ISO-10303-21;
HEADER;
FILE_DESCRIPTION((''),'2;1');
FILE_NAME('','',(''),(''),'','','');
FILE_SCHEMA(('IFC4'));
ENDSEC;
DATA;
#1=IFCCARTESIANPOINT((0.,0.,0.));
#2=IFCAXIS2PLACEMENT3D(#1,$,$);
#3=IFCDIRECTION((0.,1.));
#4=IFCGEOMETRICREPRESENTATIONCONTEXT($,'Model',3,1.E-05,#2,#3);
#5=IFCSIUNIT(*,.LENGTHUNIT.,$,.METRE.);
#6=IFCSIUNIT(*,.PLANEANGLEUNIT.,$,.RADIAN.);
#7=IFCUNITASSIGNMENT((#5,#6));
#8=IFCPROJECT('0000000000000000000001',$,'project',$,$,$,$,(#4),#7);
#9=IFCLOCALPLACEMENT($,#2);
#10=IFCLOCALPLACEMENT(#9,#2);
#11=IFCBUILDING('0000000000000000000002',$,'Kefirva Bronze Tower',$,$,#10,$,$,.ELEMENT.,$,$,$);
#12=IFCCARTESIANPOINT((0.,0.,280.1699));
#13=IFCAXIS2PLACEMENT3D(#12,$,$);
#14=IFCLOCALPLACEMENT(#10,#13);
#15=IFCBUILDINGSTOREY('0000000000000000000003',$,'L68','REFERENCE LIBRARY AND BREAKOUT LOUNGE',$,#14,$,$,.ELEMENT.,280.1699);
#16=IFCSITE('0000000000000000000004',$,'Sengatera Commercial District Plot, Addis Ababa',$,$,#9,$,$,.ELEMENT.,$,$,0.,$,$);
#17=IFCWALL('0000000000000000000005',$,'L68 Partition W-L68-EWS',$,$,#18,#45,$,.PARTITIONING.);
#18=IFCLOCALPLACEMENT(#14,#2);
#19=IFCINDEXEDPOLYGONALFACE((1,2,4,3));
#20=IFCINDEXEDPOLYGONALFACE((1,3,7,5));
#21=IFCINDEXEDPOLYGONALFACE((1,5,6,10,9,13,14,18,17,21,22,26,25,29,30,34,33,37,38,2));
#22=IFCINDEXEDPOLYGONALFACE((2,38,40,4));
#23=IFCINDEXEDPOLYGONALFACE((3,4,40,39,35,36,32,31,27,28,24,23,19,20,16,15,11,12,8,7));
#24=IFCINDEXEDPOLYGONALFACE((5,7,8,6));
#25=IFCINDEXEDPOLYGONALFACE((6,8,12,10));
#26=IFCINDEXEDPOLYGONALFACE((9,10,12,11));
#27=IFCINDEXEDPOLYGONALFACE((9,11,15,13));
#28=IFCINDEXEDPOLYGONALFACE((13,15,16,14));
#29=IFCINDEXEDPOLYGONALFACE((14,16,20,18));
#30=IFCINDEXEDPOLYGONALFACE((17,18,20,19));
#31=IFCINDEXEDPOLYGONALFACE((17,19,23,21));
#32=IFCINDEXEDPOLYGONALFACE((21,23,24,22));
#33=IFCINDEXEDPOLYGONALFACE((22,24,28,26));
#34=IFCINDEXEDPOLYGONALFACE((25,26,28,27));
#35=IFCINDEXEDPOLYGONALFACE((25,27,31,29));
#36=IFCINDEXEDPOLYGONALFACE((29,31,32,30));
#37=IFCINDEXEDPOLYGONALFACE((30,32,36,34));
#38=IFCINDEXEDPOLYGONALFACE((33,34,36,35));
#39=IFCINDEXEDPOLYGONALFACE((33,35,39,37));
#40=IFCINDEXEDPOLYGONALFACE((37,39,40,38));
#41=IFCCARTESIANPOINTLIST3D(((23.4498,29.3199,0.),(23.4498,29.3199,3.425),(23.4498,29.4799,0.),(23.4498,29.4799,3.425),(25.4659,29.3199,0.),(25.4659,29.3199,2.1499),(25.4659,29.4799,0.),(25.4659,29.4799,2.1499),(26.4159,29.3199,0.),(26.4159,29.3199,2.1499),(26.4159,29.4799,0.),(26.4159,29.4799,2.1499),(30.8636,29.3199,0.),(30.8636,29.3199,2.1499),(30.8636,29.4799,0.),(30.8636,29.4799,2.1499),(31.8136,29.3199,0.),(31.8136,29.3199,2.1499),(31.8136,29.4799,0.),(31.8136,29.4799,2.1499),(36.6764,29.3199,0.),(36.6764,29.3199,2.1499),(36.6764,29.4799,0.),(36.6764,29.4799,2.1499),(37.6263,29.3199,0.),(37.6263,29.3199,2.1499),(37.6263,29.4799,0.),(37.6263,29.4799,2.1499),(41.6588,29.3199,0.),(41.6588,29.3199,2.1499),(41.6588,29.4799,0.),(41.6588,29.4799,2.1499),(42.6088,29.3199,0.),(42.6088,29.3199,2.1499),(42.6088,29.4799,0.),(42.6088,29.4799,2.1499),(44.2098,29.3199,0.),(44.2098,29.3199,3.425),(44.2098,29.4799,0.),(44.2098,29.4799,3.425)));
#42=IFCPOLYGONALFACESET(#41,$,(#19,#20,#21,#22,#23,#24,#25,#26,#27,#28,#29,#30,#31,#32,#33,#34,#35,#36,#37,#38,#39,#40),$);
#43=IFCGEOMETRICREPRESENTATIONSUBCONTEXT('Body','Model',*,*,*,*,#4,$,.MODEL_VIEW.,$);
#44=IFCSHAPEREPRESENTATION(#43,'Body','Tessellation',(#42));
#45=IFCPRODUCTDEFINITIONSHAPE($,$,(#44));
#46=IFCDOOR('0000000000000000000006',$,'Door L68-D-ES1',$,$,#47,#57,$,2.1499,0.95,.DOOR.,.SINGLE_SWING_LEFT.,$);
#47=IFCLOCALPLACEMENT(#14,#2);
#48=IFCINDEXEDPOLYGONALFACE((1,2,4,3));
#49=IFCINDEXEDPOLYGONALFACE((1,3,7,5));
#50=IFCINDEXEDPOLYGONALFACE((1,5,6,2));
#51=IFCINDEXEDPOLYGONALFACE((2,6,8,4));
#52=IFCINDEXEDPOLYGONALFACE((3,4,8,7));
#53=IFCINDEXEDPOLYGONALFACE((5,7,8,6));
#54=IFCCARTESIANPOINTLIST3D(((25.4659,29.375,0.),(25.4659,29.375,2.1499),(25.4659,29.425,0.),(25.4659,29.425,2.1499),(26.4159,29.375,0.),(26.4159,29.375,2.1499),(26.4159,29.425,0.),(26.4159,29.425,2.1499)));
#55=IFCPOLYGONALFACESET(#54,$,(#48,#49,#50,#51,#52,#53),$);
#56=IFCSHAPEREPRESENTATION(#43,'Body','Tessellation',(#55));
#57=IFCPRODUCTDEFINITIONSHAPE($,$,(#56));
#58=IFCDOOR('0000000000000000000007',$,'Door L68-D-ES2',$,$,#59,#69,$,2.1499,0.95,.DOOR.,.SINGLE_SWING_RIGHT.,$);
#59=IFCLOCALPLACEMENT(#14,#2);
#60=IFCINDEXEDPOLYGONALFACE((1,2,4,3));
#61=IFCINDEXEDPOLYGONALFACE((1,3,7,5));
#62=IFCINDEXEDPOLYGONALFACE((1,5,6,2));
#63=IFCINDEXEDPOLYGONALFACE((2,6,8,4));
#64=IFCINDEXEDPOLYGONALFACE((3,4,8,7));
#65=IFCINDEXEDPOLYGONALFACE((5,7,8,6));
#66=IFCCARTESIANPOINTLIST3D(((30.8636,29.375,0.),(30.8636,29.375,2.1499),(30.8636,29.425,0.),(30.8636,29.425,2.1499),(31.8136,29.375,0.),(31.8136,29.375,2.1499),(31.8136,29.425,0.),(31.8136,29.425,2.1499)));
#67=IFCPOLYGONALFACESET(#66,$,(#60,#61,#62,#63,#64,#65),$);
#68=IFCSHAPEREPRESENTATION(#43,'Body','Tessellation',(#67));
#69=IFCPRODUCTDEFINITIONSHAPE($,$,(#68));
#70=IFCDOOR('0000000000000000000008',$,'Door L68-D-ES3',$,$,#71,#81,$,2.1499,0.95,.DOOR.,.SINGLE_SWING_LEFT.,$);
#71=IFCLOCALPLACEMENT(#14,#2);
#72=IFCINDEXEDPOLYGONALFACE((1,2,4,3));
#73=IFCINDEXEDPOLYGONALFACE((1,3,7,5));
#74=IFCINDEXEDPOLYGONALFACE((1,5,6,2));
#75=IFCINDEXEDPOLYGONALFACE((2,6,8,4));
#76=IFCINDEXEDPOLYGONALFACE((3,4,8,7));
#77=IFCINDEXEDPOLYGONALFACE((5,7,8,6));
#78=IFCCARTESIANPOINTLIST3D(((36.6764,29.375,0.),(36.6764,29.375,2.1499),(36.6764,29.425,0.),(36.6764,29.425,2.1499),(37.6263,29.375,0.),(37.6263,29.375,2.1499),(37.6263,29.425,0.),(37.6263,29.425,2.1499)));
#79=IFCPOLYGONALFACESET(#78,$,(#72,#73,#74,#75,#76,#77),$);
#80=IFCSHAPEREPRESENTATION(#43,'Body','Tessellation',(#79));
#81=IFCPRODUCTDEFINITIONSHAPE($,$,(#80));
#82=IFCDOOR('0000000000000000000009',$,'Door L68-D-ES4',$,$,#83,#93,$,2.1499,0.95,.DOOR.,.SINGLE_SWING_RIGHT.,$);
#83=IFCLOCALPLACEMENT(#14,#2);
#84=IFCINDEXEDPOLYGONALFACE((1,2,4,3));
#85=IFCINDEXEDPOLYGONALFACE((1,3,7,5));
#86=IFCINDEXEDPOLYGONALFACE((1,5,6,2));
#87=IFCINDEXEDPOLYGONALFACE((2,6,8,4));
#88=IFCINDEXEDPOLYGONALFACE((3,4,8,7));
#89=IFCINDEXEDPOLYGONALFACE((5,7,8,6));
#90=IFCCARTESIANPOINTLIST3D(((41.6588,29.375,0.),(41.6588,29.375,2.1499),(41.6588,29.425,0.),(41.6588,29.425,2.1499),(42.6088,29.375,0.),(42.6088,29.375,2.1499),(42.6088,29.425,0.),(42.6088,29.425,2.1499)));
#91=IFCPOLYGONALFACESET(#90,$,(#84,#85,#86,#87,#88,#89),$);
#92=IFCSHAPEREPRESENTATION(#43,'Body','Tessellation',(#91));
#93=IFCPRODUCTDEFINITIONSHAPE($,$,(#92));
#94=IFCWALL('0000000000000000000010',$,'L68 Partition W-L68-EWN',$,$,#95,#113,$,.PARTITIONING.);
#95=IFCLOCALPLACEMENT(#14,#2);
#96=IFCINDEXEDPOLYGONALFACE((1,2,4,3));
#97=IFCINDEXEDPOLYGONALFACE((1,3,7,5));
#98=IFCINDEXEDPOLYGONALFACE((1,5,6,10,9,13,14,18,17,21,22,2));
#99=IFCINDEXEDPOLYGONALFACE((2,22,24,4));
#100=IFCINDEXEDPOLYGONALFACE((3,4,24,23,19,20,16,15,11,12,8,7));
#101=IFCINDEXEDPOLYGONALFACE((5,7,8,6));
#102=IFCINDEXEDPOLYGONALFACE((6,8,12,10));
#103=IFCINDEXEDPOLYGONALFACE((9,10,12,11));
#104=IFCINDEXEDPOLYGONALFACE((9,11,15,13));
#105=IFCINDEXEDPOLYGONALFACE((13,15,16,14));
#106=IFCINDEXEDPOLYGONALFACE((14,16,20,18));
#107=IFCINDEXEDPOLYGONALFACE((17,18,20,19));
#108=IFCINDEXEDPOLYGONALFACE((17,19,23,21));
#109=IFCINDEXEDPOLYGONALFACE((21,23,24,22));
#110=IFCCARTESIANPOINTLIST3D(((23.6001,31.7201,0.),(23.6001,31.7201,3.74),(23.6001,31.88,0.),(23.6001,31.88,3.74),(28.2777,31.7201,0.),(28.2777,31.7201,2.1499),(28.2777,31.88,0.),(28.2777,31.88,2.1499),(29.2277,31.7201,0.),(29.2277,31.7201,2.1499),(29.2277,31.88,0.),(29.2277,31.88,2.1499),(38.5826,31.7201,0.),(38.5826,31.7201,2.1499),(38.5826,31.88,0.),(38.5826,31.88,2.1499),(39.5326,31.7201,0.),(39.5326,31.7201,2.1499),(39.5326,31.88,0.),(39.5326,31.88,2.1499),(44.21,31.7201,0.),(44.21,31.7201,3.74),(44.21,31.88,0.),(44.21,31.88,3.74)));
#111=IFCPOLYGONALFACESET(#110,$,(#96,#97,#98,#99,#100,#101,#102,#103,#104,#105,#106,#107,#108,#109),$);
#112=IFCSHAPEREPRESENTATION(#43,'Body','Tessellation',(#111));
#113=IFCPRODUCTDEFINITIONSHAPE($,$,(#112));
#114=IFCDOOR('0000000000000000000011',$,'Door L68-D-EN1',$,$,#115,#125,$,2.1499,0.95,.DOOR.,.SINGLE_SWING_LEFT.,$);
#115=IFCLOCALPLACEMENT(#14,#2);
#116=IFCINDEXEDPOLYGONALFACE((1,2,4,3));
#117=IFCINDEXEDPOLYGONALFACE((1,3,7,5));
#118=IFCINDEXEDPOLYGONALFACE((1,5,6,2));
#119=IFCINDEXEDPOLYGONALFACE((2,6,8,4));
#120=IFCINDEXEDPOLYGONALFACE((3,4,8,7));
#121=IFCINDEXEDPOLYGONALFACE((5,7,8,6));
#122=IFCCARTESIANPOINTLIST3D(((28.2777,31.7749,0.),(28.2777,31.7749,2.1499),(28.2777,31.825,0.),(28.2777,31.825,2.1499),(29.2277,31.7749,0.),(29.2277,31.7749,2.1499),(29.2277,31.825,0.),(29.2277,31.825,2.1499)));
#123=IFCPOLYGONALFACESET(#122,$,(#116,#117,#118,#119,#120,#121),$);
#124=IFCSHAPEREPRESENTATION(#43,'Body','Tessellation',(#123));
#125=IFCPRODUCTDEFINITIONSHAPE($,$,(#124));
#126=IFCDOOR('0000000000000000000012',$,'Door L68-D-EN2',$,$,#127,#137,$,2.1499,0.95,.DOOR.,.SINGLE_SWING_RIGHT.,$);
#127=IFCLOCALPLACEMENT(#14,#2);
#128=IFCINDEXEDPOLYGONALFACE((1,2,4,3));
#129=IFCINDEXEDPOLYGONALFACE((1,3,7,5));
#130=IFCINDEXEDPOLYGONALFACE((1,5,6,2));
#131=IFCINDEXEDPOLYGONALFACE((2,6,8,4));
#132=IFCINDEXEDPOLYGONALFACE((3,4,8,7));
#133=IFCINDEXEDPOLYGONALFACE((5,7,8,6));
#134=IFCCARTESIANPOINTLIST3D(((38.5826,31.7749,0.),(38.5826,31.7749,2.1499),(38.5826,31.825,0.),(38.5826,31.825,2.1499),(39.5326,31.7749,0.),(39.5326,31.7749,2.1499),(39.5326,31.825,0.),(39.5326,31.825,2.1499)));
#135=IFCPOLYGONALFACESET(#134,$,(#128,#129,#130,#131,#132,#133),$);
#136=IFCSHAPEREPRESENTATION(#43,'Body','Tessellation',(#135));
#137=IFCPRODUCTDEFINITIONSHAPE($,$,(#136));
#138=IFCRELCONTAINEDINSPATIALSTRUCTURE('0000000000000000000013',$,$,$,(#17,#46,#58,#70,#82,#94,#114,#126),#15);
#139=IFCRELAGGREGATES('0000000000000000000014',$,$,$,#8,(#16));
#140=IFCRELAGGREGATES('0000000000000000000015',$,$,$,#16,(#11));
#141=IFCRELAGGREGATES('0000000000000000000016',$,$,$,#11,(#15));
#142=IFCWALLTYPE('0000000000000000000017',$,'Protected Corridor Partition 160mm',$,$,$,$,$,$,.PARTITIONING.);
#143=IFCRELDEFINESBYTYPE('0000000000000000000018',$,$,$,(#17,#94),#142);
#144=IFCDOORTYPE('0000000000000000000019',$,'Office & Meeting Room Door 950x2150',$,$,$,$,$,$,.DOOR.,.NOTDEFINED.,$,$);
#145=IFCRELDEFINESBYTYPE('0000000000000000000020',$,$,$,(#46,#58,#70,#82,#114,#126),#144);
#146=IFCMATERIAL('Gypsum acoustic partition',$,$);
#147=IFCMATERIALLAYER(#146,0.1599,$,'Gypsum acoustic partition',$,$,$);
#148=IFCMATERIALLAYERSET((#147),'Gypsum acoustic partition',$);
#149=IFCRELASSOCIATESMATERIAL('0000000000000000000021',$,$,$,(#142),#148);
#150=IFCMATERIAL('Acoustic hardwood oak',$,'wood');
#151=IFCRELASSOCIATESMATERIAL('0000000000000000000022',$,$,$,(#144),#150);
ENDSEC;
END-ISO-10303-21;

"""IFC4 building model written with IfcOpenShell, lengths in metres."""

from ifc_helpers import new_model, si_unit, direction, frame, frame_2d, origin, place, context, subcontext, project, spatial, rectangle, extrude, material, layer, layer_set, type_object, element, fill, save


model = new_model("IFC4")

# Units and contexts
model_context = context("Model", 3, precision=1e-05, world=origin(), true_north=direction((0.0, 1.0)))
body_context = subcontext(model_context, "Body", "Model", "MODEL_VIEW")
ifc_project = project(units=[si_unit("LENGTHUNIT", "METRE"), si_unit("PLANEANGLEUNIT", "RADIAN")], contexts=[model_context])

# Site, building, storey
site_placement = place(None, origin())
site = spatial("IfcSite", under=ifc_project, at=site_placement, Name="Sengatera Commercial District Plot, Addis Ababa", CompositionType="ELEMENT", RefElevation=0.0)
building_placement = place(site_placement, origin())
building = spatial("IfcBuilding", under=site, at=building_placement, Name="Kefirva Bronze Tower", CompositionType="ELEMENT")
storey_placement = place(building_placement, frame((0.0, 0.0, 280.1699)))
storey = spatial("IfcBuildingStorey", under=building, at=storey_placement, Name="L68", Description="REFERENCE LIBRARY AND BREAKOUT LOUNGE", CompositionType="ELEMENT", Elevation=280.1699)

# Shared definitions
ifc_material_1 = material(Name="Gypsum acoustic partition")

# Walls, openings, doors
ifc_layer_1 = layer(ifc_material_1, 0.1599, Name="Gypsum acoustic partition")
ifc_layer_set_1 = layer_set([ifc_layer_1], Name="Gypsum acoustic partition")
wall_type_1 = type_object("IfcWallType", Name="Protected Corridor Partition 160mm", PredefinedType="PARTITIONING", material=ifc_layer_set_1)
wall_1_placement = place(storey_placement, frame((23.45, 29.3999, 0.0), z_axis=(0.0, 0.0, 1.0), x_axis=(1.0, 0.0, 0.0)))
wall_1 = element("IfcWall", 1, at=wall_1_placement, inside=storey, type_object=wall_type_1, Name="L68 Partition W-L68-EWS", PredefinedType="PARTITIONING", context=body_context, shape_type="SweptSolid", body=[
    extrude(rectangle(XDim=20.76, YDim=0.1599, at=frame_2d((10.3799, 0.0))), origin(), (0.0, 0.0, 1.0), 3.425),
])
opening_1_placement = place(wall_1_placement, frame((2.9661, 0.0, 0.0), z_axis=(0.0, 0.0, 1.0), x_axis=(-1.0, 0.0, 0.0)))
opening_1 = element("IfcOpeningElement", 2, at=opening_1_placement, cuts=wall_1, PredefinedType="OPENING", context=body_context, shape_type="SweptSolid", body=[
    extrude(rectangle(XDim=0.95, YDim=2.1499, at=frame_2d((0.4751, 1.075))), frame((0.0, 0.0898, 0.0), z_axis=(0.0, -1.0, 0.0), x_axis=(1.0, 0.0, 0.0)), (0.0, 0.0, 1.0), 0.1799),
])
opening_2_placement = place(wall_1_placement, frame((8.3638, 0.0, 0.0), z_axis=(0.0, 0.0, 1.0), x_axis=(-1.0, 0.0, 0.0)))
opening_2 = element("IfcOpeningElement", 3, at=opening_2_placement, cuts=wall_1, PredefinedType="OPENING", context=body_context, shape_type="SweptSolid", body=[
    extrude(rectangle(XDim=0.95, YDim=2.1499, at=frame_2d((0.4751, 1.075))), frame((0.0, 0.0898, 0.0), z_axis=(0.0, -1.0, 0.0), x_axis=(1.0, 0.0, 0.0)), (0.0, 0.0, 1.0), 0.1799),
])
opening_3_placement = place(wall_1_placement, frame((14.1765, 0.0, 0.0), z_axis=(0.0, 0.0, 1.0), x_axis=(-1.0, 0.0, 0.0)))
opening_3 = element("IfcOpeningElement", 4, at=opening_3_placement, cuts=wall_1, PredefinedType="OPENING", context=body_context, shape_type="SweptSolid", body=[
    extrude(rectangle(XDim=0.95, YDim=2.1499, at=frame_2d((0.4751, 1.075))), frame((0.0, 0.0898, 0.0), z_axis=(0.0, -1.0, 0.0), x_axis=(1.0, 0.0, 0.0)), (0.0, 0.0, 1.0), 0.1799),
])
opening_4_placement = place(wall_1_placement, frame((19.1589, 0.0, 0.0), z_axis=(0.0, 0.0, 1.0), x_axis=(-1.0, 0.0, 0.0)))
opening_4 = element("IfcOpeningElement", 5, at=opening_4_placement, cuts=wall_1, PredefinedType="OPENING", context=body_context, shape_type="SweptSolid", body=[
    extrude(rectangle(XDim=0.95, YDim=2.1499, at=frame_2d((0.4751, 1.075))), frame((0.0, 0.0898, 0.0), z_axis=(0.0, -1.0, 0.0), x_axis=(1.0, 0.0, 0.0)), (0.0, 0.0, 1.0), 0.1799),
])
ifc_material_2 = material(Name="Acoustic hardwood oak", Category="wood")
door_type = type_object("IfcDoorType", Name="Office & Meeting Room Door 950x2150", OperationType="NOTDEFINED", PredefinedType="DOOR", material=ifc_material_2)
door_1_placement = place(opening_1_placement, origin())
door_1 = element("IfcDoor", 6, at=door_1_placement, inside=storey, type_object=door_type, Name="Door L68-D-ES1", OperationType="SINGLE_SWING_LEFT", OverallHeight=2.1499, OverallWidth=0.95, PredefinedType="DOOR", context=body_context, shape_type="SweptSolid", body=[
    extrude(rectangle(XDim=0.95, YDim=2.1499, at=frame_2d((0.4751, 1.075))), frame((0.0, 0.0249, 0.0), z_axis=(0.0, -1.0, 0.0), x_axis=(1.0, 0.0, 0.0)), (0.0, 0.0, 1.0), 0.05),
])
fill(opening_1, door_1)
door_2_placement = place(opening_2_placement, origin())
door_2 = element("IfcDoor", 7, at=door_2_placement, inside=storey, type_object=door_type, Name="Door L68-D-ES2", OperationType="SINGLE_SWING_RIGHT", OverallHeight=2.1499, OverallWidth=0.95, PredefinedType="DOOR", context=body_context, shape_type="SweptSolid", body=[
    extrude(rectangle(XDim=0.95, YDim=2.1499, at=frame_2d((0.4751, 1.075))), frame((0.0, 0.0249, 0.0), z_axis=(0.0, -1.0, 0.0), x_axis=(1.0, 0.0, 0.0)), (0.0, 0.0, 1.0), 0.05),
])
fill(opening_2, door_2)
door_3_placement = place(opening_3_placement, origin())
door_3 = element("IfcDoor", 8, at=door_3_placement, inside=storey, type_object=door_type, Name="Door L68-D-ES3", OperationType="SINGLE_SWING_LEFT", OverallHeight=2.1499, OverallWidth=0.95, PredefinedType="DOOR", context=body_context, shape_type="SweptSolid", body=[
    extrude(rectangle(XDim=0.95, YDim=2.1499, at=frame_2d((0.4751, 1.075))), frame((0.0, 0.0249, 0.0), z_axis=(0.0, -1.0, 0.0), x_axis=(1.0, 0.0, 0.0)), (0.0, 0.0, 1.0), 0.05),
])
fill(opening_3, door_3)
door_4_placement = place(opening_4_placement, origin())
door_4 = element("IfcDoor", 9, at=door_4_placement, inside=storey, type_object=door_type, Name="Door L68-D-ES4", OperationType="SINGLE_SWING_RIGHT", OverallHeight=2.1499, OverallWidth=0.95, PredefinedType="DOOR", context=body_context, shape_type="SweptSolid", body=[
    extrude(rectangle(XDim=0.95, YDim=2.1499, at=frame_2d((0.4751, 1.075))), frame((0.0, 0.0249, 0.0), z_axis=(0.0, -1.0, 0.0), x_axis=(1.0, 0.0, 0.0)), (0.0, 0.0, 1.0), 0.05),
])
fill(opening_4, door_4)
wall_2_placement = place(storey_placement, frame((23.6001, 31.8, 0.0), z_axis=(0.0, 0.0, 1.0), x_axis=(1.0, 0.0, 0.0)))
wall_2 = element("IfcWall", 10, at=wall_2_placement, inside=storey, type_object=wall_type_1, Name="L68 Partition W-L68-EWN", PredefinedType="PARTITIONING", context=body_context, shape_type="SweptSolid", body=[
    extrude(rectangle(XDim=20.6099, YDim=0.1599, at=frame_2d((10.3049, 0.0))), origin(), (0.0, 0.0, 1.0), 3.74),
])
opening_5_placement = place(wall_2_placement, frame((4.6775, 0.0, 0.0)))
opening_5 = element("IfcOpeningElement", 11, at=opening_5_placement, cuts=wall_2, PredefinedType="OPENING", context=body_context, shape_type="SweptSolid", body=[
    extrude(rectangle(XDim=0.95, YDim=2.1499, at=frame_2d((0.4751, 1.075))), frame((0.0, 0.0898, 0.0), z_axis=(0.0, -1.0, 0.0), x_axis=(1.0, 0.0, 0.0)), (0.0, 0.0, 1.0), 0.1799),
])
opening_6_placement = place(wall_2_placement, frame((14.9824, 0.0, 0.0)))
opening_6 = element("IfcOpeningElement", 12, at=opening_6_placement, cuts=wall_2, PredefinedType="OPENING", context=body_context, shape_type="SweptSolid", body=[
    extrude(rectangle(XDim=0.95, YDim=2.1499, at=frame_2d((0.4751, 1.075))), frame((0.0, 0.0898, 0.0), z_axis=(0.0, -1.0, 0.0), x_axis=(1.0, 0.0, 0.0)), (0.0, 0.0, 1.0), 0.1799),
])
door_5_placement = place(opening_5_placement, origin())
door_5 = element("IfcDoor", 13, at=door_5_placement, inside=storey, type_object=door_type, Name="Door L68-D-EN1", OperationType="SINGLE_SWING_LEFT", OverallHeight=2.1499, OverallWidth=0.95, PredefinedType="DOOR", context=body_context, shape_type="SweptSolid", body=[
    extrude(rectangle(XDim=0.95, YDim=2.1499, at=frame_2d((0.4751, 1.075))), frame((0.0, 0.0249, 0.0), z_axis=(0.0, -1.0, 0.0), x_axis=(1.0, 0.0, 0.0)), (0.0, 0.0, 1.0), 0.05),
])
fill(opening_5, door_5)
door_6_placement = place(opening_6_placement, origin())
door_6 = element("IfcDoor", 14, at=door_6_placement, inside=storey, type_object=door_type, Name="Door L68-D-EN2", OperationType="SINGLE_SWING_RIGHT", OverallHeight=2.1499, OverallWidth=0.95, PredefinedType="DOOR", context=body_context, shape_type="SweptSolid", body=[
    extrude(rectangle(XDim=0.95, YDim=2.1499, at=frame_2d((0.4751, 1.075))), frame((0.0, 0.0249, 0.0), z_axis=(0.0, -1.0, 0.0), x_axis=(1.0, 0.0, 0.0)), (0.0, 0.0, 1.0), 0.05),
])
fill(opening_6, door_6)

save(model, "model.ifc")
